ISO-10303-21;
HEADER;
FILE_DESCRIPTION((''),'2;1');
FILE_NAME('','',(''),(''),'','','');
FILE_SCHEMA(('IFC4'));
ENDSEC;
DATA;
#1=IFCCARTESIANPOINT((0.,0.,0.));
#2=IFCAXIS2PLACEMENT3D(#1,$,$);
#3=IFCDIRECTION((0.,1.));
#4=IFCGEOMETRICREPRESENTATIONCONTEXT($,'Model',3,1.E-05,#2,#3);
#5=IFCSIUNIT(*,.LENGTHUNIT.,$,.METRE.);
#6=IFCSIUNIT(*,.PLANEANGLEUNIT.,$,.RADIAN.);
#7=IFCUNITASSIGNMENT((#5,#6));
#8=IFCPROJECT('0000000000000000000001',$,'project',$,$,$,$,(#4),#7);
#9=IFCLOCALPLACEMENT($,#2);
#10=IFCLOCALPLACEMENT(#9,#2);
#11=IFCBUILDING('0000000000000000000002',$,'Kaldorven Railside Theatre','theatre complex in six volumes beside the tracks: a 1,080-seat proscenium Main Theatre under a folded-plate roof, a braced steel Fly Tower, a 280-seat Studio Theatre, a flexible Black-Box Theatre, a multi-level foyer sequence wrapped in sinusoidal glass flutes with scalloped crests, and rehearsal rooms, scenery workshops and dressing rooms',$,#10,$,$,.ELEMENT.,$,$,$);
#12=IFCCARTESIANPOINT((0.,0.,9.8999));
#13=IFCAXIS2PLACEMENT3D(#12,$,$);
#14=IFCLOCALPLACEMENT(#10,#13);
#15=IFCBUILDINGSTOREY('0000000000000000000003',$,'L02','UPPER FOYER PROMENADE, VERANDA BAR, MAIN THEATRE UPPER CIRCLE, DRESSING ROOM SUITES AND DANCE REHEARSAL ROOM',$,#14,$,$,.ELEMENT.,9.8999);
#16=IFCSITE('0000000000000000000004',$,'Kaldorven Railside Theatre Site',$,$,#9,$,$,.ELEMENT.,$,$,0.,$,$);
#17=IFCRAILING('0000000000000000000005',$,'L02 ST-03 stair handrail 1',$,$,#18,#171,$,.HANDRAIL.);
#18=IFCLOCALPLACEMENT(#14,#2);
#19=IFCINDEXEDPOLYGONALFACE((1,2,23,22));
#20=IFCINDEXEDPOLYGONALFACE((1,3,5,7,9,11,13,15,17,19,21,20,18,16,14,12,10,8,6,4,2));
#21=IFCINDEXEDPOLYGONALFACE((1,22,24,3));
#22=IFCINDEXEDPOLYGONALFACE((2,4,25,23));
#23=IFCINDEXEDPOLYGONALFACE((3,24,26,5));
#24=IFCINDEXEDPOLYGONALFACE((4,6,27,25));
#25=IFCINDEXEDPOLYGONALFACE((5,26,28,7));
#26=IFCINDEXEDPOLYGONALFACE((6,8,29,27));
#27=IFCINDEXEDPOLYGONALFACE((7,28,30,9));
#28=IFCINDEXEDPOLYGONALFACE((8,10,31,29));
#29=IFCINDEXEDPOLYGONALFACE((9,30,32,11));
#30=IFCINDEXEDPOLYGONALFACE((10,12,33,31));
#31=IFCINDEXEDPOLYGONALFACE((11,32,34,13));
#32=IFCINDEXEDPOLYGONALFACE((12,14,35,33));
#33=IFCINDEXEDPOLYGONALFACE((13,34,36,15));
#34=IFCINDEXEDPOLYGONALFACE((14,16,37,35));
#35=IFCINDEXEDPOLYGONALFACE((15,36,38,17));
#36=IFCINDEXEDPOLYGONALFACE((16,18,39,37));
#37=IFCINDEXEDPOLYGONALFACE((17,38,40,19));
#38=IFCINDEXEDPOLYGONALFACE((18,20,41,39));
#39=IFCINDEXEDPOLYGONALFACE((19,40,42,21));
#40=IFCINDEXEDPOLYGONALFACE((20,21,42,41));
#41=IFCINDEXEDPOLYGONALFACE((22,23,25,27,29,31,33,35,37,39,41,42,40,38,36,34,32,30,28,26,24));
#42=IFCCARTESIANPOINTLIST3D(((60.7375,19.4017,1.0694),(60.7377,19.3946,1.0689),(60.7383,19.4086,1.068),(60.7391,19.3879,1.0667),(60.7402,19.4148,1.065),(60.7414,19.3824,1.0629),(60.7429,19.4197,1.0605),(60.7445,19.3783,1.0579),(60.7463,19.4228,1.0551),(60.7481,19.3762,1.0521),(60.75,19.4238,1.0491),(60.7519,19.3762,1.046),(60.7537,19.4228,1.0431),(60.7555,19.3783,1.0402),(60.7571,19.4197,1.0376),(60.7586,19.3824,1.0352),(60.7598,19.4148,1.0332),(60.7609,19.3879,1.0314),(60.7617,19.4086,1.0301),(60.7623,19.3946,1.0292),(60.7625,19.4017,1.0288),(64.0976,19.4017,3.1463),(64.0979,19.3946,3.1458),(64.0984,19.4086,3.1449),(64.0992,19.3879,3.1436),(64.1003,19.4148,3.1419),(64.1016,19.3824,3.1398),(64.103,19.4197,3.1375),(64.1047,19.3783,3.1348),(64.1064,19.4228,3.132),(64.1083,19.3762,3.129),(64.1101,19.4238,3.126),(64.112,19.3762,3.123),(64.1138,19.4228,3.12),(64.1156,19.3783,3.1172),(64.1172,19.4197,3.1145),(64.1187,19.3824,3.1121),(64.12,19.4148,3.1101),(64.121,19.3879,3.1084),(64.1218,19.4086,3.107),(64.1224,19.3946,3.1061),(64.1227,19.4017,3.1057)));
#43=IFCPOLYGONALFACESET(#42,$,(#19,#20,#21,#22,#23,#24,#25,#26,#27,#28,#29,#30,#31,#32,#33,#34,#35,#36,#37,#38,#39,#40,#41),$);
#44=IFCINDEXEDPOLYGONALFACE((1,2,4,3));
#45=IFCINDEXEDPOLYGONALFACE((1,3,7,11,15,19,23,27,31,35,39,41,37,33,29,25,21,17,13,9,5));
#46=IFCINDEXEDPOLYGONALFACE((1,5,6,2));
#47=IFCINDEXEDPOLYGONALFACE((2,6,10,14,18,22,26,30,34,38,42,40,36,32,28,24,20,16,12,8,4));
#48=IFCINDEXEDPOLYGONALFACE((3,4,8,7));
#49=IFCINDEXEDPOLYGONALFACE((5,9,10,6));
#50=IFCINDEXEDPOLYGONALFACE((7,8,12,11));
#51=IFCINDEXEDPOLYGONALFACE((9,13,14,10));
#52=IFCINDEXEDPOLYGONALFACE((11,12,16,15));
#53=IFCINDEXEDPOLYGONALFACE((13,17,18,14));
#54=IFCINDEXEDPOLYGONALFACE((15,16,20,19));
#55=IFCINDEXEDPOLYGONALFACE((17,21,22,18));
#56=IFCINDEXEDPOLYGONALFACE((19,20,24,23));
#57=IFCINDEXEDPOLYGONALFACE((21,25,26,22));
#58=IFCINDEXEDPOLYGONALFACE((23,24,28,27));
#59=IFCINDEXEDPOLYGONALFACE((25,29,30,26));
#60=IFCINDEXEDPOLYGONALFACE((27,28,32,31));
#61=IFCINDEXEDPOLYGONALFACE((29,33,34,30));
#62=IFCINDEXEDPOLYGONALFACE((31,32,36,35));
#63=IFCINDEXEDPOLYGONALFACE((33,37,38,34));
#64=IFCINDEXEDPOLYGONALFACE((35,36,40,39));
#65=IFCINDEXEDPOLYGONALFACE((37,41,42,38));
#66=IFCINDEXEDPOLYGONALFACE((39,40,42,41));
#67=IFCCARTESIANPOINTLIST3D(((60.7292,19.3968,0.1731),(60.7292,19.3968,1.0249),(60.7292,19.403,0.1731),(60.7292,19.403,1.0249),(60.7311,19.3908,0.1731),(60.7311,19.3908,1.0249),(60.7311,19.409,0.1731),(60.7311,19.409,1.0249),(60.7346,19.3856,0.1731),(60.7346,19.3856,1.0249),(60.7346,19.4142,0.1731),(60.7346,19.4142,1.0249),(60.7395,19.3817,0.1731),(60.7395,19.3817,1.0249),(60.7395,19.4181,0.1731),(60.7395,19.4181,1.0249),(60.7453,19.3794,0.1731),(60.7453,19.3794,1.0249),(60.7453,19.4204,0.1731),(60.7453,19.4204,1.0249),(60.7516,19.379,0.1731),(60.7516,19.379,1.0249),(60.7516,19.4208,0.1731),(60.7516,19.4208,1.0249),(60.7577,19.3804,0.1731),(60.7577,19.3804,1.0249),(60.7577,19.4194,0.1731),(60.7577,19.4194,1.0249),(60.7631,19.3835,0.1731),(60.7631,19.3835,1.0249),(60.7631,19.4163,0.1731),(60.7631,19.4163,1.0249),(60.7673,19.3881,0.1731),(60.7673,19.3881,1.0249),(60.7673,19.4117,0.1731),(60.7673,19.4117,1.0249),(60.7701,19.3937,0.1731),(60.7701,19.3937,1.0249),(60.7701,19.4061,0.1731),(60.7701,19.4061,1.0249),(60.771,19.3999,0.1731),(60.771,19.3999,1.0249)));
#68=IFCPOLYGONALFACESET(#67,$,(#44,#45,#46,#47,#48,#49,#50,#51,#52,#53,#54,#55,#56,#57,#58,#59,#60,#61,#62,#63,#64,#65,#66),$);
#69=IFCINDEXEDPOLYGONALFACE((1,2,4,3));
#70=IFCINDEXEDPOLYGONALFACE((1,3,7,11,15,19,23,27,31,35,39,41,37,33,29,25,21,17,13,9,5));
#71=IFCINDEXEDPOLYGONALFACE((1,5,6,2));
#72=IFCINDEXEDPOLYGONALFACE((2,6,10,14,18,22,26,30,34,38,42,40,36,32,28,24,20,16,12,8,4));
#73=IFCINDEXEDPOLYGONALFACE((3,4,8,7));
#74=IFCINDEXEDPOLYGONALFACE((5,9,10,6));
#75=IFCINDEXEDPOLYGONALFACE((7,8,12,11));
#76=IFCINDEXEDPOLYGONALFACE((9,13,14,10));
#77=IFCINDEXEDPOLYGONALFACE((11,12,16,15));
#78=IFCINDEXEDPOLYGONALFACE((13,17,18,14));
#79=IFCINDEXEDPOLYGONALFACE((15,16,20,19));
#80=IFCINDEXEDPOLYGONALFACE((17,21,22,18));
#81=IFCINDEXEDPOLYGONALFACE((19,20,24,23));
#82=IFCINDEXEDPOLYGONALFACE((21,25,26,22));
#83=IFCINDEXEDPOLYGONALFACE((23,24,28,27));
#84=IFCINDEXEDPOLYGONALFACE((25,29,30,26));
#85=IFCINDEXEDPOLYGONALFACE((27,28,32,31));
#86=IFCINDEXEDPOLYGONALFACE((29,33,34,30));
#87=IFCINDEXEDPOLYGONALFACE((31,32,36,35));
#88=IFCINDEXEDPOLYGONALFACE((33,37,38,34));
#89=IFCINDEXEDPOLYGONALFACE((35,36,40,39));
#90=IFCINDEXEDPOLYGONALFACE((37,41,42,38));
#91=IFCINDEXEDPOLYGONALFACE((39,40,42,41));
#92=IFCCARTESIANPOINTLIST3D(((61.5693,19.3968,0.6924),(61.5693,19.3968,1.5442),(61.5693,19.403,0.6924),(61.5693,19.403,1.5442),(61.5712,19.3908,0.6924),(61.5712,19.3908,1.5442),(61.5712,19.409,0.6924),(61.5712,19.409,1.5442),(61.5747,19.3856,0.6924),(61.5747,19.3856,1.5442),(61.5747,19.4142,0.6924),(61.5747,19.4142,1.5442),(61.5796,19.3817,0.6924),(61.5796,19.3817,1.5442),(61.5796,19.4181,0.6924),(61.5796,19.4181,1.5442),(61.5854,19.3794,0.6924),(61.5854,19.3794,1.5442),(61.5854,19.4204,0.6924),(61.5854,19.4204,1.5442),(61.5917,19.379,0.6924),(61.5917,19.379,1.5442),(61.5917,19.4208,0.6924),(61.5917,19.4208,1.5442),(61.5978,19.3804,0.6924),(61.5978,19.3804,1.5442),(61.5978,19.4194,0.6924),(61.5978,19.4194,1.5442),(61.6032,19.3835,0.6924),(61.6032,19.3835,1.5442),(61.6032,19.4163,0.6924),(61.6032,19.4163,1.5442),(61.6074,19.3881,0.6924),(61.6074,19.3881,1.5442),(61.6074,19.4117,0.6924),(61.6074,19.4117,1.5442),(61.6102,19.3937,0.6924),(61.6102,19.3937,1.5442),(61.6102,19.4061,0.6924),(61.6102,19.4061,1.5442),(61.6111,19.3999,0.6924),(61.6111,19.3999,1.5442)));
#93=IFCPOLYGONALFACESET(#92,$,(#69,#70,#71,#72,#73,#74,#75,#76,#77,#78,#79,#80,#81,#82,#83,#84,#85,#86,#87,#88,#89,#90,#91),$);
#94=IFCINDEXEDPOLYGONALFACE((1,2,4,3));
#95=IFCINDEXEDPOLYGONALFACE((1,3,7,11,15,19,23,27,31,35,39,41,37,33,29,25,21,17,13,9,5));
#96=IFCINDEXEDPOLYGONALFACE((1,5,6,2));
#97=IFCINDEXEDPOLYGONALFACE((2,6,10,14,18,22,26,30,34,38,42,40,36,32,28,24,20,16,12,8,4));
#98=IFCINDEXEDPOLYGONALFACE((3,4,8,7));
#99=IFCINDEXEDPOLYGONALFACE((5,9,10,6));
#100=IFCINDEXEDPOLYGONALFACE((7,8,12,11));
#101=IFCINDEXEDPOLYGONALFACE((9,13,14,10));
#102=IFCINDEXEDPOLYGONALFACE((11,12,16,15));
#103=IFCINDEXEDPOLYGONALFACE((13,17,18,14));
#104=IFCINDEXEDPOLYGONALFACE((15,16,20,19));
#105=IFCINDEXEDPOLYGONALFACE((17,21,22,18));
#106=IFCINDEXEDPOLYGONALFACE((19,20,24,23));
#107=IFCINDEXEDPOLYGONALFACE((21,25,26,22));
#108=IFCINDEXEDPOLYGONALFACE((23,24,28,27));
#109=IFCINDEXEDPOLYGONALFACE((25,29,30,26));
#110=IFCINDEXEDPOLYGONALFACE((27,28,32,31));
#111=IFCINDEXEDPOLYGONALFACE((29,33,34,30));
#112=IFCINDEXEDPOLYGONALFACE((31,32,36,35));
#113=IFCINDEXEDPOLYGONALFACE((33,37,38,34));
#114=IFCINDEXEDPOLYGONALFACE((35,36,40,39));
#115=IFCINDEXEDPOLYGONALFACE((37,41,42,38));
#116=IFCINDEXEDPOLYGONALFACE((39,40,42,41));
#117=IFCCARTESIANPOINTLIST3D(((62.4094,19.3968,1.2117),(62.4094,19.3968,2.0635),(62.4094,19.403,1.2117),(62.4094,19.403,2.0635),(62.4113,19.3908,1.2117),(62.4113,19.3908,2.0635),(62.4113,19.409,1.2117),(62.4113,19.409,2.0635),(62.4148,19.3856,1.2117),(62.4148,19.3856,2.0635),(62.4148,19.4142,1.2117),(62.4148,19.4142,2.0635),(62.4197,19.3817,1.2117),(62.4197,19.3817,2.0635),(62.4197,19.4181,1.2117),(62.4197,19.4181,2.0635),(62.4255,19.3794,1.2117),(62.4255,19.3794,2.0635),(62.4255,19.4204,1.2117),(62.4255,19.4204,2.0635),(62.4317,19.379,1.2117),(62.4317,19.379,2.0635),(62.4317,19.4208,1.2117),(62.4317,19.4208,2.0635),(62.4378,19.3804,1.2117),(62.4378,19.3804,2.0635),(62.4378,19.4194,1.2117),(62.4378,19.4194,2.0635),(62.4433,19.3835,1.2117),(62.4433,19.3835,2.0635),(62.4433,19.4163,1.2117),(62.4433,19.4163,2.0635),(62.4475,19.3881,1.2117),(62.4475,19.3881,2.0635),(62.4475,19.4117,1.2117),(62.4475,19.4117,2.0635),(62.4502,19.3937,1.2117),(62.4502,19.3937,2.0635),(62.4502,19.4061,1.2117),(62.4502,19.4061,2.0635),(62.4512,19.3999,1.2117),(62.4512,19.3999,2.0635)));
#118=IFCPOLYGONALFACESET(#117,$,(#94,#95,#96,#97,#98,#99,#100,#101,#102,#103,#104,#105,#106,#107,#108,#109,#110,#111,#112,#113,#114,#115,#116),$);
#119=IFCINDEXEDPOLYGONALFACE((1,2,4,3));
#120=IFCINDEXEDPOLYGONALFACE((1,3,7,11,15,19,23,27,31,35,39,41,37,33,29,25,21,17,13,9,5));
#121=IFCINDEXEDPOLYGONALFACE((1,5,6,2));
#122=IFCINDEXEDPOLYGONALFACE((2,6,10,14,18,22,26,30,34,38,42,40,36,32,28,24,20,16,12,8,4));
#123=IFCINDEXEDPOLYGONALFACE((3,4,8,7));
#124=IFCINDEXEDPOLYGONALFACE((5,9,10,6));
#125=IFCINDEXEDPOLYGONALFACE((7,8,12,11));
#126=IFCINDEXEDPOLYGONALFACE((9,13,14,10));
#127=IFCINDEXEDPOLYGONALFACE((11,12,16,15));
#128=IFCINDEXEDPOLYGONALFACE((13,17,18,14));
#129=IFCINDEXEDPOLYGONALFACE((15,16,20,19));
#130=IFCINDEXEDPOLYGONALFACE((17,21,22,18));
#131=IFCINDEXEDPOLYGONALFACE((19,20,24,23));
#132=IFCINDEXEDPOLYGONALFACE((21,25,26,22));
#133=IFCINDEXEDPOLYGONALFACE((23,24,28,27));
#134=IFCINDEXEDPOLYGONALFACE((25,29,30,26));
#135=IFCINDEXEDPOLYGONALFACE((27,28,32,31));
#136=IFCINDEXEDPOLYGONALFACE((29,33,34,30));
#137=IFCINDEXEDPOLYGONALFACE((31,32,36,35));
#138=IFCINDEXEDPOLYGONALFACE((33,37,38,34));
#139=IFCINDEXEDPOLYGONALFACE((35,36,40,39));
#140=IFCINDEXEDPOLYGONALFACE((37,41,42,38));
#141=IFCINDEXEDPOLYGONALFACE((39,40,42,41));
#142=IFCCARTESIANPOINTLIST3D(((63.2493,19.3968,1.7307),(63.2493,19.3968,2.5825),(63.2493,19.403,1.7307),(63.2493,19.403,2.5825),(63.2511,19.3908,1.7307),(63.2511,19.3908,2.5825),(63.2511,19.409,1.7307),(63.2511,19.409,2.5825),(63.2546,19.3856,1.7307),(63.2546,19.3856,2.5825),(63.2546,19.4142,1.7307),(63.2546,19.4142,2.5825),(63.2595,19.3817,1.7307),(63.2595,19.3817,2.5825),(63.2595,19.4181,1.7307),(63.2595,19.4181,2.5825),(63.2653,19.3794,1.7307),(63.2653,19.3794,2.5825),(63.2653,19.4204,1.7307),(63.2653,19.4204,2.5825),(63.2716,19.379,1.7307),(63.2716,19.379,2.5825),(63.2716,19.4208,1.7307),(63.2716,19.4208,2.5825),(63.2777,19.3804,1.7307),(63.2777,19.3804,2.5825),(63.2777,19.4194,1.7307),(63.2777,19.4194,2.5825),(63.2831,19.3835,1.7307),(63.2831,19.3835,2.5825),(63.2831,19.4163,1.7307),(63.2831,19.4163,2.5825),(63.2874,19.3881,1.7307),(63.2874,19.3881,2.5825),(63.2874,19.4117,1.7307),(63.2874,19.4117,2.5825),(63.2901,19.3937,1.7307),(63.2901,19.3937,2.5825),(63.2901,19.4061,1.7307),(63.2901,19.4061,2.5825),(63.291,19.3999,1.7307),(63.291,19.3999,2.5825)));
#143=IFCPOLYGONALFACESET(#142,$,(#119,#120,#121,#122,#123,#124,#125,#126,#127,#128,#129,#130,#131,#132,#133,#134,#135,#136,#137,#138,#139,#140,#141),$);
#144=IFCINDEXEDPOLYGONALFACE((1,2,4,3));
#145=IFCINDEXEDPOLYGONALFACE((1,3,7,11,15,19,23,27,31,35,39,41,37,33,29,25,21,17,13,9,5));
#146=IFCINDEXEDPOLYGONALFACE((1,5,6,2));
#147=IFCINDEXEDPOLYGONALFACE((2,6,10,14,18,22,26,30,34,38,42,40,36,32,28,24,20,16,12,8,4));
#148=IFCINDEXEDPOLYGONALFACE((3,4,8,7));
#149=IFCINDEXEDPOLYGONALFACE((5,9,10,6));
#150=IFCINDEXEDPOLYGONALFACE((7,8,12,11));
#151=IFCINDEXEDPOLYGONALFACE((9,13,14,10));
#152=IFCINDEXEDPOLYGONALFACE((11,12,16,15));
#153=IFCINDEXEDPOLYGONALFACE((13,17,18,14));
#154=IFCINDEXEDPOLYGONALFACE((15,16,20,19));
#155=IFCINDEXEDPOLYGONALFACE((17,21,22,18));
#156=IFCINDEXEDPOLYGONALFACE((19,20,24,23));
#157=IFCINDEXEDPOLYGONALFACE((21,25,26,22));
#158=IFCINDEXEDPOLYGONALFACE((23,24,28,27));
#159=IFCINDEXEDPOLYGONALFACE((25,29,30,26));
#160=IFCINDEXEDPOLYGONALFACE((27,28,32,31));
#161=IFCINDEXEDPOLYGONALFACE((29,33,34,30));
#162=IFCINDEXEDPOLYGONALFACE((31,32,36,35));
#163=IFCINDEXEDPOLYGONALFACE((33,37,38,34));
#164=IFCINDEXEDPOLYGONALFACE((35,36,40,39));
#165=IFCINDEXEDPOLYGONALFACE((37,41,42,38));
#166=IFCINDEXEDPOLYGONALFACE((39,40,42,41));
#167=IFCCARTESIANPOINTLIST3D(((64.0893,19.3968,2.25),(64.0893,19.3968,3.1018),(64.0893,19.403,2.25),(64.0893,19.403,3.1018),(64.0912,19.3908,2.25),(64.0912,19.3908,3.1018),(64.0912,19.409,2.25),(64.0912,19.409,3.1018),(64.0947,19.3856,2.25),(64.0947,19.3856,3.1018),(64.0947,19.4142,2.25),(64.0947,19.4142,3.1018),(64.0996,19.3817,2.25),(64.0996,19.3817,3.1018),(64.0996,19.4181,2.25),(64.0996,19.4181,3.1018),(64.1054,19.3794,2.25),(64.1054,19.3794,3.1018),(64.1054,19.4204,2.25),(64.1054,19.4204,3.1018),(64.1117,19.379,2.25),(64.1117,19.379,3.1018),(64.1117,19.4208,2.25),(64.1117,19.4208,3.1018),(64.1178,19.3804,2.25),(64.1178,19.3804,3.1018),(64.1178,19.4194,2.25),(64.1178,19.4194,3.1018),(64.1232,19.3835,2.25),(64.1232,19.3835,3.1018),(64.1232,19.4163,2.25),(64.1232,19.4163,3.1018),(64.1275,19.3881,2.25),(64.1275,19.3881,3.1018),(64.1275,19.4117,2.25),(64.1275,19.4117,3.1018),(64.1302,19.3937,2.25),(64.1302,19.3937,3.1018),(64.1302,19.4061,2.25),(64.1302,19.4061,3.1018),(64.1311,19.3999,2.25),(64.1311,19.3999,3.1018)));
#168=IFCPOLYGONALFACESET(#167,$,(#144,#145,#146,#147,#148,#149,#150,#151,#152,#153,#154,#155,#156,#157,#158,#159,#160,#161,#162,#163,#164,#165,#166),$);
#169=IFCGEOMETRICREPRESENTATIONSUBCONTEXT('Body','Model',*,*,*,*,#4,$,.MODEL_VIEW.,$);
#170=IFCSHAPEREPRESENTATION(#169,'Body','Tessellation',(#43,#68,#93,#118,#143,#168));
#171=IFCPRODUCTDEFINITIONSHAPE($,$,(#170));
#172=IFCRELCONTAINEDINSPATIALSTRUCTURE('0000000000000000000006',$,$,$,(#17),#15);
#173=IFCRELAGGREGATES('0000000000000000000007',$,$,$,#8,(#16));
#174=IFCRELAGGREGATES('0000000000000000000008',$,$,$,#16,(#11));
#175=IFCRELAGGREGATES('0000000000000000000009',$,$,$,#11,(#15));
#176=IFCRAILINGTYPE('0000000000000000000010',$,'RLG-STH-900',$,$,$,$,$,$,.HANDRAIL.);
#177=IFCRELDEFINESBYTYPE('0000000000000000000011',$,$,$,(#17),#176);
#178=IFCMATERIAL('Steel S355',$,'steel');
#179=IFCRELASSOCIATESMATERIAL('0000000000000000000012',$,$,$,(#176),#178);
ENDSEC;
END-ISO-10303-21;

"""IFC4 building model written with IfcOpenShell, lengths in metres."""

from ifc_helpers import new_model, si_unit, direction, frame, origin, origin_2d, place, context, subcontext, project, spatial, circle, extrude, material, type_object, element, save


model = new_model("IFC4")

# Units and contexts
model_context = context("Model", 3, precision=1e-05, world=origin(), true_north=direction((0.0, 1.0)))
body_context = subcontext(model_context, "Body", "Model", "MODEL_VIEW")
ifc_project = project(units=[si_unit("LENGTHUNIT", "METRE"), si_unit("PLANEANGLEUNIT", "RADIAN")], contexts=[model_context])

# Site, building, storey
site_placement = place(None, origin())
site = spatial("IfcSite", under=ifc_project, at=site_placement, Name="Kaldorven Railside Theatre Site", CompositionType="ELEMENT", RefElevation=0.0)
building_placement = place(site_placement, origin())
building = spatial("IfcBuilding", under=site, at=building_placement, Name="Kaldorven Railside Theatre", Description="theatre complex in six volumes beside the tracks: a 1,080-seat proscenium Main Theatre under a folded-plate roof, a braced steel Fly Tower, a 280-seat Studio Theatre, a flexible Black-Box Theatre, a multi-level foyer sequence wrapped in sinusoidal glass flutes with scalloped crests, and rehearsal rooms, scenery workshops and dressing rooms", CompositionType="ELEMENT")
storey_placement = place(building_placement, frame((0.0, 0.0, 9.8999)))
storey = spatial("IfcBuildingStorey", under=building, at=storey_placement, Name="L02", Description="UPPER FOYER PROMENADE, VERANDA BAR, MAIN THEATRE UPPER CIRCLE, DRESSING ROOM SUITES AND DANCE REHEARSAL ROOM", CompositionType="ELEMENT", Elevation=9.8999)

# Shared definitions
ifc_material_1 = material(Name="Steel S355", Category="steel")

# Railing
railing_type_1 = type_object("IfcRailingType", Name="RLG-STH-900", PredefinedType="HANDRAIL", material=ifc_material_1)
railing_1_placement = place(storey_placement, frame((60.75, 19.3999, 0.1731)))
element("IfcRailing", 1, at=railing_1_placement, inside=storey, type_object=railing_type_1, Name="L02 ST-03 stair handrail 1", PredefinedType="HANDRAIL", context=body_context, shape_type="SweptSolid", body=[
    extrude(circle(Radius=0.0239, at=origin_2d()), frame((0.0, 0.0, 0.876), z_axis=(0.850623, 0.0, 0.525776), x_axis=(0.0, 1.0, 0.0)), (0.0, 0.0, 1.0), 3.9502),
    extrude(circle(Radius=0.021, at=origin_2d()), origin(), (0.0, 0.0, 1.0), 0.8518),
    extrude(circle(Radius=0.021, at=origin_2d()), frame((0.8401, 0.0, 0.5193)), (0.0, 0.0, 1.0), 0.8518),
    extrude(circle(Radius=0.021, at=origin_2d()), frame((1.6802, 0.0, 1.0386)), (0.0, 0.0, 1.0), 0.8518),
    extrude(circle(Radius=0.021, at=origin_2d()), frame((2.52, 0.0, 1.5576)), (0.0, 0.0, 1.0), 0.8518),
    extrude(circle(Radius=0.021, at=origin_2d()), frame((3.3601, 0.0, 2.0769)), (0.0, 0.0, 1.0), 0.8518),
])

save(model, "model.ifc")
